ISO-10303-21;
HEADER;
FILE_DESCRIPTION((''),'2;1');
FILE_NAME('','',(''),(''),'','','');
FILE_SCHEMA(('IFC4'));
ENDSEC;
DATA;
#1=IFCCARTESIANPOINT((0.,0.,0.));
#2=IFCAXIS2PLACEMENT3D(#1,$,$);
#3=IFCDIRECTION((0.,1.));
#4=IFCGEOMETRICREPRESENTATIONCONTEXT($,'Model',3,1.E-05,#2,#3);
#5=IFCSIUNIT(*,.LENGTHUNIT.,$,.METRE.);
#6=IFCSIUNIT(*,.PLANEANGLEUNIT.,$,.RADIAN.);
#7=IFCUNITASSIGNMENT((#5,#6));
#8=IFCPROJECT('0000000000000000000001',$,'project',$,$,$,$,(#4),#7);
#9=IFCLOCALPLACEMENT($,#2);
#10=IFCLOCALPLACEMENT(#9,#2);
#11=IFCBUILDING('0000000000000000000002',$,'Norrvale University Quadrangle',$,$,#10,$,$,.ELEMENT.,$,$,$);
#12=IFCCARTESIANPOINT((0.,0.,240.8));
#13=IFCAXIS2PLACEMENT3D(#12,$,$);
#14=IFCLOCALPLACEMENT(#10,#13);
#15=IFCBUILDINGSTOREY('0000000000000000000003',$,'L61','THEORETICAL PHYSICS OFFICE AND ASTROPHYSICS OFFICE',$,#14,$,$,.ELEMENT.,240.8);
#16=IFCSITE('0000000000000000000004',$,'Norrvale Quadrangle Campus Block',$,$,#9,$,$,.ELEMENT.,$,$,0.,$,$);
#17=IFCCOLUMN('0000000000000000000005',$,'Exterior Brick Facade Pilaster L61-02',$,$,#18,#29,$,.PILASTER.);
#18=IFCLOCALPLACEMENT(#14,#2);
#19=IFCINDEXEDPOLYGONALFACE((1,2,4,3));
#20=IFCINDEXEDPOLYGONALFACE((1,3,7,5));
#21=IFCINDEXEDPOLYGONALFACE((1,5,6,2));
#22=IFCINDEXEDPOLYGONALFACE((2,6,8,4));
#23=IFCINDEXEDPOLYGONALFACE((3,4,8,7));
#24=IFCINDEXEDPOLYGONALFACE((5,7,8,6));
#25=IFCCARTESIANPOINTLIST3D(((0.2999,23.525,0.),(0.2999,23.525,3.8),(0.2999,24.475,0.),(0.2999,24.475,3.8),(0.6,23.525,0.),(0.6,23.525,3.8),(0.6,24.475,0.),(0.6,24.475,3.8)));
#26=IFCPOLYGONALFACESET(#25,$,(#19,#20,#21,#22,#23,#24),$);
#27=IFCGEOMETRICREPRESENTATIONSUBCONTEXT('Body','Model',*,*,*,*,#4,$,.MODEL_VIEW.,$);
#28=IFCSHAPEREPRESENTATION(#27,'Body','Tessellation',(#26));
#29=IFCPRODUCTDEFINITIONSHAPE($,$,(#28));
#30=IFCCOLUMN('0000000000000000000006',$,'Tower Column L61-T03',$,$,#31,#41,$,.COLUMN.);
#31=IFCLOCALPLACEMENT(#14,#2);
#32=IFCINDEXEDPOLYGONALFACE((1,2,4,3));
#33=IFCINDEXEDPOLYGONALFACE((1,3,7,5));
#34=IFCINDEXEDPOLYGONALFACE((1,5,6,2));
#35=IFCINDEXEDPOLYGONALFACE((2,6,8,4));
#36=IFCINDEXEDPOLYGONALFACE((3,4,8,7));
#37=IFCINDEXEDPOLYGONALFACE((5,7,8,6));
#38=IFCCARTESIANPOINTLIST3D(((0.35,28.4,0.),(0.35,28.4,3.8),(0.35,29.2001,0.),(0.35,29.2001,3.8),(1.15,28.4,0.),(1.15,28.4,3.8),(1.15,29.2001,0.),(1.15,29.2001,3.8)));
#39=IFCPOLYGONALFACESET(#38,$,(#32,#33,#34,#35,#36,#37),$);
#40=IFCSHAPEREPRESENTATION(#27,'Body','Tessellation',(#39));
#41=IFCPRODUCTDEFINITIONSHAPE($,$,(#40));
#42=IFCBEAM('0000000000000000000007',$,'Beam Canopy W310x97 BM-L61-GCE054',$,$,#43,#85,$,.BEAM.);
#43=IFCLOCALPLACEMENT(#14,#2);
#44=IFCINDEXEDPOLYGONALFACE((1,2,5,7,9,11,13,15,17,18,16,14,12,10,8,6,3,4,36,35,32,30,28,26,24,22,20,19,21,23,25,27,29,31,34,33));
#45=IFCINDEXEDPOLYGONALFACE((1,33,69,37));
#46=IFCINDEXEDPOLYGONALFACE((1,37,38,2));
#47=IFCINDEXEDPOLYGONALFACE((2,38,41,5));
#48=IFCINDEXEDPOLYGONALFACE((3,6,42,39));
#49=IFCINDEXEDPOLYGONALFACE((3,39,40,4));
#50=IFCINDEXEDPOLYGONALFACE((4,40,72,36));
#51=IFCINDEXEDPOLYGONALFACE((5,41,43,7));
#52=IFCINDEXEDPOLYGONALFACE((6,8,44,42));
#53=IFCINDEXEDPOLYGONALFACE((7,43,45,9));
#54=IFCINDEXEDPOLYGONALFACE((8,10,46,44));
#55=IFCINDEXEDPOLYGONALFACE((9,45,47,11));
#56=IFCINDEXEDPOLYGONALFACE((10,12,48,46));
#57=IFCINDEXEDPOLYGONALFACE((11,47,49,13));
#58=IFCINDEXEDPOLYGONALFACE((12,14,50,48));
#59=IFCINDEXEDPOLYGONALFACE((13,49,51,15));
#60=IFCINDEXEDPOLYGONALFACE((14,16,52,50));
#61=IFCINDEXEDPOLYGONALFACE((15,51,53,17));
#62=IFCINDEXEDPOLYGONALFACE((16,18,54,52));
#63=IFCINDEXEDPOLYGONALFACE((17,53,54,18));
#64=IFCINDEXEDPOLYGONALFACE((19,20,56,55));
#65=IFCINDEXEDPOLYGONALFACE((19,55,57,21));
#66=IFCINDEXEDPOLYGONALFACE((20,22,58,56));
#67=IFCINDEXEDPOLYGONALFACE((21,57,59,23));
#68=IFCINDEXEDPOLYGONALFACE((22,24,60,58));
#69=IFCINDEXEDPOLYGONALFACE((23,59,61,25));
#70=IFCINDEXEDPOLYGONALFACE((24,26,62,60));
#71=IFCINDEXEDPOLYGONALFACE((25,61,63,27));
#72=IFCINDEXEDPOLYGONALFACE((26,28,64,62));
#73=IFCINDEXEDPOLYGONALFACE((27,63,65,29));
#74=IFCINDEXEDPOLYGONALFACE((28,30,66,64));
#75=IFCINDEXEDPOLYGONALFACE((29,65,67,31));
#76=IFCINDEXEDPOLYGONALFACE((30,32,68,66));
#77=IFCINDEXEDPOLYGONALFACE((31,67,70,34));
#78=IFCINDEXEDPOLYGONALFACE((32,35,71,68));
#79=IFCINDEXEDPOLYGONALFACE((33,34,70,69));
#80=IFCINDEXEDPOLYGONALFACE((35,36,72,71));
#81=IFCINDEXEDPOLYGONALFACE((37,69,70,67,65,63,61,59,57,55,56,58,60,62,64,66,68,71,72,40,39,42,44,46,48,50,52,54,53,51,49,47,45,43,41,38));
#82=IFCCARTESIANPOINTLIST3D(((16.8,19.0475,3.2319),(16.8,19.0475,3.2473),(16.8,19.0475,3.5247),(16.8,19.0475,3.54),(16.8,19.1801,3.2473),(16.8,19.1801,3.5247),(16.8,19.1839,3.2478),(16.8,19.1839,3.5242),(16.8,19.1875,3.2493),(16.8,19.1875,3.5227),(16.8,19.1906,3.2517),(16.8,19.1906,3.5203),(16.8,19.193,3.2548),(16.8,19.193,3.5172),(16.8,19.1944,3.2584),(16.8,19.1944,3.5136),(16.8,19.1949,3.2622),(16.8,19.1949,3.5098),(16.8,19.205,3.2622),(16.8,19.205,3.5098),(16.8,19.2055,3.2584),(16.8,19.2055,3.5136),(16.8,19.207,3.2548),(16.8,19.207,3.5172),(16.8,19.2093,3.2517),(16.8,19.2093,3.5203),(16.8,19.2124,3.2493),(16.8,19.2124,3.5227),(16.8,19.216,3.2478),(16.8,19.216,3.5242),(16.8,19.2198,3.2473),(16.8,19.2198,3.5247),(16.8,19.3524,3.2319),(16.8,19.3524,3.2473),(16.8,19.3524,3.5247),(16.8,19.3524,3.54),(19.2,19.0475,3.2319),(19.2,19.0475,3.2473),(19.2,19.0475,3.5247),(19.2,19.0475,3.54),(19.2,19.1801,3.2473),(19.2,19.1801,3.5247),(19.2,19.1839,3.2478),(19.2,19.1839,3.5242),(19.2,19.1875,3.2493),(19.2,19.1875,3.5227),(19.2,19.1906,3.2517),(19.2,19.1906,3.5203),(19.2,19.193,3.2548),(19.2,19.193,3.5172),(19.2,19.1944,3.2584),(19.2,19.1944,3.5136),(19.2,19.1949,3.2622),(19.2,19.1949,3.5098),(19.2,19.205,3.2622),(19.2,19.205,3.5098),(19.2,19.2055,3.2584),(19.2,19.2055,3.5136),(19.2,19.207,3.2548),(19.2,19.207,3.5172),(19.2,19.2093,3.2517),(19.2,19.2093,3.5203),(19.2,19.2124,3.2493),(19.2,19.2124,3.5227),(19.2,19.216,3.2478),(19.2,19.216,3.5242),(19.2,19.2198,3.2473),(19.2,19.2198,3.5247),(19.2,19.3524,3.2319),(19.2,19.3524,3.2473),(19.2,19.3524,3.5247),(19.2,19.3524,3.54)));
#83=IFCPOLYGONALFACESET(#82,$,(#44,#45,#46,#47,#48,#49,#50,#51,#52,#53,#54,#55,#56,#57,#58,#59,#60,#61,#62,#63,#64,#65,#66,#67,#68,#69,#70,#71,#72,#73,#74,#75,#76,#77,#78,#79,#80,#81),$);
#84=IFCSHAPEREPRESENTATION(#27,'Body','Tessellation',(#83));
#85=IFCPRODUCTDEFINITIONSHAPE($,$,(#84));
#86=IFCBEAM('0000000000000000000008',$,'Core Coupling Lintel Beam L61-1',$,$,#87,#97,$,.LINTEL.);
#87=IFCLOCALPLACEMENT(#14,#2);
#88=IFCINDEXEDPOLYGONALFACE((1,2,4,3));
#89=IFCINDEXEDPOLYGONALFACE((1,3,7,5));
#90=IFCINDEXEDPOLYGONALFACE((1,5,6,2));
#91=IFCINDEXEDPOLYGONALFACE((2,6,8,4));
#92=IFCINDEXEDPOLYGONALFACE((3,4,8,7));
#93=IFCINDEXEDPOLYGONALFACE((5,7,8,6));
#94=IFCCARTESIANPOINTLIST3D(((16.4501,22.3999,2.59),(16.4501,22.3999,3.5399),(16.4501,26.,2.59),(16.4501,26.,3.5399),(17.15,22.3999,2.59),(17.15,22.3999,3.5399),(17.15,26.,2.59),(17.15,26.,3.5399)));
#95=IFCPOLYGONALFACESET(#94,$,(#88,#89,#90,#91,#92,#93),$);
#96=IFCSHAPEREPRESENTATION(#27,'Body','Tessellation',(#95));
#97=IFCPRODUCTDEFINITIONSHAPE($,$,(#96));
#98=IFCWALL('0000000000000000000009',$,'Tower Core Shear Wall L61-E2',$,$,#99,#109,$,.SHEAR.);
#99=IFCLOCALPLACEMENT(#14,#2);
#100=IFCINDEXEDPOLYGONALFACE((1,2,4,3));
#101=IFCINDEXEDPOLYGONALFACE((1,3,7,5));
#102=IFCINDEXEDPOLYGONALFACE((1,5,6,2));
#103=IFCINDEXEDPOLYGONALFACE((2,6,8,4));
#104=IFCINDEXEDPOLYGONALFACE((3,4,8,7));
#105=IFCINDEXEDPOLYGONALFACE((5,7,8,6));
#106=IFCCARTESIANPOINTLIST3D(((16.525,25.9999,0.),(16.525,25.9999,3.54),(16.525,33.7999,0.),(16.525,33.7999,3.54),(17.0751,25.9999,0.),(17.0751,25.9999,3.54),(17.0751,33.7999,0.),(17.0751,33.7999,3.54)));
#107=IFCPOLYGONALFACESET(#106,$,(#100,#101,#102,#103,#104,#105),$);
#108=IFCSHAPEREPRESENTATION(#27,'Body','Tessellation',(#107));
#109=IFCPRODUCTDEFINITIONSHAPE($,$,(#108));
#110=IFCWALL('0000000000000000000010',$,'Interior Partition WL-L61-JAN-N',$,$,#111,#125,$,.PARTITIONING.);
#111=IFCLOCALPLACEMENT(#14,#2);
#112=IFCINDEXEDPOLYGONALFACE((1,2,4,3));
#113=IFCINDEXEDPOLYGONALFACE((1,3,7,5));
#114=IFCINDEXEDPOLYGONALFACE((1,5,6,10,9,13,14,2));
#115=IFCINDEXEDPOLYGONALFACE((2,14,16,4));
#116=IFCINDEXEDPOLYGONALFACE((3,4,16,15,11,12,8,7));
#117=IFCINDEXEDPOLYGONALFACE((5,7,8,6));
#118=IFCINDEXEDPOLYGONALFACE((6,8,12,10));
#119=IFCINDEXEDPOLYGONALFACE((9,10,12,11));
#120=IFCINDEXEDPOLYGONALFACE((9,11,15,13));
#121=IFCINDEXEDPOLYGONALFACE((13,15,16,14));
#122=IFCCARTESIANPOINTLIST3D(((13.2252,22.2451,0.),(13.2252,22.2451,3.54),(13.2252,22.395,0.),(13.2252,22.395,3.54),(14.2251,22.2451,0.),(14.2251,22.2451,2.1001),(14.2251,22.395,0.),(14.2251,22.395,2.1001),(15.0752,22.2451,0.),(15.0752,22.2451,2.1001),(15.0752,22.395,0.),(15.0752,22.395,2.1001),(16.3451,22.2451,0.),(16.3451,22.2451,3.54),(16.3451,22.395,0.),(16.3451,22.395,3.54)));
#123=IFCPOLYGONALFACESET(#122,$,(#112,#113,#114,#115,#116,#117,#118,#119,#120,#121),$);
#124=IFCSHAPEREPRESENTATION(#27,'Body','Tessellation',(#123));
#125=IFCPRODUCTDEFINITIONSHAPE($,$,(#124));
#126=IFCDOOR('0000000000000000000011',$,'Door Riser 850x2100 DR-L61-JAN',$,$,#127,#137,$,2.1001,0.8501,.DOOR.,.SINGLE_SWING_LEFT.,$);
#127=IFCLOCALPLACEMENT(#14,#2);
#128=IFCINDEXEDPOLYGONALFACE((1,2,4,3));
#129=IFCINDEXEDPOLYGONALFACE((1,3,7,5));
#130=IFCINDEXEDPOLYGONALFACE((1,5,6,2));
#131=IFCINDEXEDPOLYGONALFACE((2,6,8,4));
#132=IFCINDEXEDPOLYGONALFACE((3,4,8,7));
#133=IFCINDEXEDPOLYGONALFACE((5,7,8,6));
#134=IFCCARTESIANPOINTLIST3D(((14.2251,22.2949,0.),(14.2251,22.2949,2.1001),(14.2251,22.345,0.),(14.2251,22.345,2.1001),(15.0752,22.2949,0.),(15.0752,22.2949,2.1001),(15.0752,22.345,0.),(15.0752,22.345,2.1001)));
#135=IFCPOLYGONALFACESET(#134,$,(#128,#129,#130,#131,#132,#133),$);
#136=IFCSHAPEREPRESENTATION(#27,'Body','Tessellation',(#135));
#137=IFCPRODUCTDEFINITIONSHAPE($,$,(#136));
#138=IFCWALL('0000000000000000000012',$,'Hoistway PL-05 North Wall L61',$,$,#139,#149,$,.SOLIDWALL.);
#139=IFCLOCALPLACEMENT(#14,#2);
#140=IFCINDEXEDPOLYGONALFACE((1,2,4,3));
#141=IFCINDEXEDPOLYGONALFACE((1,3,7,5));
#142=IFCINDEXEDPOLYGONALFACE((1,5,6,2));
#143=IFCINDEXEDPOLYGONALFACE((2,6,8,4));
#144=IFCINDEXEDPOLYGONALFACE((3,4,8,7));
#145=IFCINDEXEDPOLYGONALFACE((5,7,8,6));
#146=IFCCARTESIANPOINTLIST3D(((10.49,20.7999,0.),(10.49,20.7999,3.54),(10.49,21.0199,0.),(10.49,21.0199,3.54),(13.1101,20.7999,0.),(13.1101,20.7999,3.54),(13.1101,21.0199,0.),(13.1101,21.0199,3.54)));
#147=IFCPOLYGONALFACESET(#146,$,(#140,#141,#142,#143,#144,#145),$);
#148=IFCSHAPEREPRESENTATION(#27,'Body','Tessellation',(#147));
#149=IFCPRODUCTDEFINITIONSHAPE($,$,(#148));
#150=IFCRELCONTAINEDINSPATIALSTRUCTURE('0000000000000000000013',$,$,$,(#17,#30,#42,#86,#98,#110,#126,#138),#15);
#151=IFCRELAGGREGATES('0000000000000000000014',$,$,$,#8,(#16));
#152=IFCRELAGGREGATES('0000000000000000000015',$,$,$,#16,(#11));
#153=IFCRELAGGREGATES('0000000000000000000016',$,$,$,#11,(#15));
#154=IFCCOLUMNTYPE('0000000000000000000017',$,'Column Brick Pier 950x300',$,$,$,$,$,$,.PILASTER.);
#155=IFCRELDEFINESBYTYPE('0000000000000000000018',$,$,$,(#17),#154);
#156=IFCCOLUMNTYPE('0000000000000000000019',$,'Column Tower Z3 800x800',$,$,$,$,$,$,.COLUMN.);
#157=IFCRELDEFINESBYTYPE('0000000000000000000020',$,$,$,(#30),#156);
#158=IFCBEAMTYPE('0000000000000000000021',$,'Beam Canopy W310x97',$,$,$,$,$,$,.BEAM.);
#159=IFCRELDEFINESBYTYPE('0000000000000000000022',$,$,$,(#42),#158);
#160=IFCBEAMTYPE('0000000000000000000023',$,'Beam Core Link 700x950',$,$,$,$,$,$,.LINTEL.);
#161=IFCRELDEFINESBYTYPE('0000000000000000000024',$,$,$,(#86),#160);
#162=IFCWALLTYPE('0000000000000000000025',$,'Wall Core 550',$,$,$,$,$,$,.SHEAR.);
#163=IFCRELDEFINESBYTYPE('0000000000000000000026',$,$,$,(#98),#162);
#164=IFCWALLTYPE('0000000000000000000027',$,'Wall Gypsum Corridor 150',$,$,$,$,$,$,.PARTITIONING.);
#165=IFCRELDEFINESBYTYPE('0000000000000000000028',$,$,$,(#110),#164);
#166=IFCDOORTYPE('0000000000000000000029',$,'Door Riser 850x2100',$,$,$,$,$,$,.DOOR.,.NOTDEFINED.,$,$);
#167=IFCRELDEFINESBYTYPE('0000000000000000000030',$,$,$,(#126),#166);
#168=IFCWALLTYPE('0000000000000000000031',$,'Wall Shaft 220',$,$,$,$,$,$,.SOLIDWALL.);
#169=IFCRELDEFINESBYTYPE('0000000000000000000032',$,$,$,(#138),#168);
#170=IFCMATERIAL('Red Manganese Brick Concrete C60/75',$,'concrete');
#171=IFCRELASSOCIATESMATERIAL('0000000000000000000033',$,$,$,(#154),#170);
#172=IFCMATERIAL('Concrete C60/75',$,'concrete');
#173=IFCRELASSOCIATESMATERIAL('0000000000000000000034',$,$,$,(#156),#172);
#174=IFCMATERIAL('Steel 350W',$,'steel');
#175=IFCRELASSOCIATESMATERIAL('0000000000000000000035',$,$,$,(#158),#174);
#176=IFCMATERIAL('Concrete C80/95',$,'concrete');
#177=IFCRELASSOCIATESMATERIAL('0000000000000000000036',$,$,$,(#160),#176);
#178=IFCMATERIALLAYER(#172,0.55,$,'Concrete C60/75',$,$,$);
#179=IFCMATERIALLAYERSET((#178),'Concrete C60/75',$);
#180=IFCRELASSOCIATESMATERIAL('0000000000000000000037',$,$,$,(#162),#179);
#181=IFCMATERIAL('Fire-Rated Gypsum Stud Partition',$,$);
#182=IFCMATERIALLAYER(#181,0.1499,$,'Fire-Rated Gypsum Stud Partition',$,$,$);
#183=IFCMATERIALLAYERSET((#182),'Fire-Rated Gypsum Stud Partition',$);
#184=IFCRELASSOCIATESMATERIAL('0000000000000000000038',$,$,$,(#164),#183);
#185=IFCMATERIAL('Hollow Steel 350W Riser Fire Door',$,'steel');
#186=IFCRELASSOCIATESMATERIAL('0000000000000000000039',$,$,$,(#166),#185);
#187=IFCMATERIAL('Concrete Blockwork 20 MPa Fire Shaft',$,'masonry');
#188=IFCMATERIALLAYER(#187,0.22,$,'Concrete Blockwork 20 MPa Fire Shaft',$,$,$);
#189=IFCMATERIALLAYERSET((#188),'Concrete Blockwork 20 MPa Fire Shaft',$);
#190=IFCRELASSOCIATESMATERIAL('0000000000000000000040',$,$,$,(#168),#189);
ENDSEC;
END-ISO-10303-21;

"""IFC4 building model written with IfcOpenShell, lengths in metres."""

from ifc_helpers import new_model, si_unit, direction, frame, frame_2d, origin, origin_2d, place, context, subcontext, project, spatial, rectangle, i_section, extrude, material, layer, layer_set, material_profile, profile_set, type_object, element, fill, save


model = new_model("IFC4")

# Units and contexts
model_context = context("Model", 3, precision=1e-05, world=origin(), true_north=direction((0.0, 1.0)))
body_context = subcontext(model_context, "Body", "Model", "MODEL_VIEW")
ifc_project = project(units=[si_unit("LENGTHUNIT", "METRE"), si_unit("PLANEANGLEUNIT", "RADIAN")], contexts=[model_context])

# Site, building, storey
site_placement = place(None, origin())
site = spatial("IfcSite", under=ifc_project, at=site_placement, Name="Norrvale Quadrangle Campus Block", CompositionType="ELEMENT", RefElevation=0.0)
building_placement = place(site_placement, origin())
building = spatial("IfcBuilding", under=site, at=building_placement, Name="Norrvale University Quadrangle", CompositionType="ELEMENT")
storey_placement = place(building_placement, frame((0.0, 0.0, 240.8)))
storey = spatial("IfcBuildingStorey", under=building, at=storey_placement, Name="L61", Description="THEORETICAL PHYSICS OFFICE AND ASTROPHYSICS OFFICE", CompositionType="ELEMENT", Elevation=240.8)

# Columns
ifc_material_1 = material(Name="Red Manganese Brick Concrete C60/75", Category="concrete")
ifc_material_profile_1 = material_profile(ifc_material_1, rectangle(XDim=0.95, YDim=0.3, at=origin_2d()), Name="Red Manganese Brick Concrete C60/75")
ifc_profile_set_1 = profile_set([ifc_material_profile_1], Name="Red Manganese Brick Concrete C60/75")
column_type_1 = type_object("IfcColumnType", Name="Column Brick Pier 950x300", PredefinedType="PILASTER", material=ifc_profile_set_1)
column_1_placement = place(storey_placement, frame((0.45, 24.0, 0.0), z_axis=(0.0, 0.0, 1.0), x_axis=(0.0, 1.0, 0.0)))
element("IfcColumn", 1, at=column_1_placement, inside=storey, type_object=column_type_1, Name="Exterior Brick Facade Pilaster L61-02", PredefinedType="PILASTER", context=body_context, shape_type="SweptSolid", body=[
    extrude(rectangle(XDim=0.95, YDim=0.3, at=origin_2d()), origin(), (0.0, 0.0, 1.0), 3.8),
])
ifc_material_2 = material(Name="Concrete C60/75", Category="concrete")
ifc_material_profile_2 = material_profile(ifc_material_2, rectangle(XDim=0.8, YDim=0.8, at=origin_2d()), Name="Concrete C60/75")
ifc_profile_set_2 = profile_set([ifc_material_profile_2], Name="Concrete C60/75")
column_type_2 = type_object("IfcColumnType", Name="Column Tower Z3 800x800", PredefinedType="COLUMN", material=ifc_profile_set_2)
column_2_placement = place(storey_placement, frame((0.75, 28.8, 0.0), z_axis=(0.0, 0.0, 1.0), x_axis=(1.0, 0.0, 0.0)))
element("IfcColumn", 2, at=column_2_placement, inside=storey, type_object=column_type_2, Name="Tower Column L61-T03", PredefinedType="COLUMN", context=body_context, shape_type="SweptSolid", body=[
    extrude(rectangle(XDim=0.8, YDim=0.8, at=origin_2d()), origin(), (0.0, 0.0, 1.0), 3.8),
])

# Beams
ifc_material_3 = material(Name="Steel 350W", Category="steel")
ifc_material_profile_3 = material_profile(ifc_material_3, i_section(OverallWidth=0.3049, OverallDepth=0.3081, WebThickness=0.01, FlangeThickness=0.0154, FilletRadius=0.0149, at=origin_2d()), Name="Steel 350W")
ifc_profile_set_3 = profile_set([ifc_material_profile_3], Name="Steel 350W")
beam_type_1 = type_object("IfcBeamType", Name="Beam Canopy W310x97", PredefinedType="BEAM", material=ifc_profile_set_3)
beam_1_placement = place(storey_placement, frame((16.8, 19.2, 3.386), z_axis=(1.0, 0.0, 0.0), x_axis=(0.0, 1.0, 0.0)))
element("IfcBeam", 3, at=beam_1_placement, inside=storey, type_object=beam_type_1, Name="Beam Canopy W310x97 BM-L61-GCE054", PredefinedType="BEAM", context=body_context, shape_type="SweptSolid", body=[
    extrude(i_section(OverallWidth=0.3049, OverallDepth=0.3081, WebThickness=0.01, FlangeThickness=0.0154, FilletRadius=0.0149, at=origin_2d()), origin(), (0.0, 0.0, 1.0), 2.3999),
])
ifc_material_4 = material(Name="Concrete C80/95", Category="concrete")
ifc_material_profile_4 = material_profile(ifc_material_4, rectangle(XDim=0.7, YDim=0.95, at=origin_2d()), Name="Concrete C80/95")
ifc_profile_set_4 = profile_set([ifc_material_profile_4], Name="Concrete C80/95")
beam_type_2 = type_object("IfcBeamType", Name="Beam Core Link 700x950", PredefinedType="LINTEL", material=ifc_profile_set_4)
beam_2_placement = place(storey_placement, frame((16.8, 22.3999, 3.0649), z_axis=(0.0, 1.0, 0.0), x_axis=(-1.0, 0.0, 0.0)))
element("IfcBeam", 4, at=beam_2_placement, inside=storey, type_object=beam_type_2, Name="Core Coupling Lintel Beam L61-1", PredefinedType="LINTEL", context=body_context, shape_type="SweptSolid", body=[
    extrude(rectangle(XDim=0.7, YDim=0.95, at=origin_2d()), origin(), (0.0, 0.0, 1.0), 3.6001),
])

# Wall
ifc_layer_1 = layer(ifc_material_2, 0.55, Name="Concrete C60/75")
ifc_layer_set_1 = layer_set([ifc_layer_1], Name="Concrete C60/75")
wall_type_1 = type_object("IfcWallType", Name="Wall Core 550", PredefinedType="SHEAR", material=ifc_layer_set_1)
wall_1_placement = place(storey_placement, frame((16.8, 26.0, 0.0), z_axis=(0.0, 0.0, 1.0), x_axis=(0.0, 1.0, 0.0)))
element("IfcWall", 5, at=wall_1_placement, inside=storey, type_object=wall_type_1, Name="Tower Core Shear Wall L61-E2", PredefinedType="SHEAR", context=body_context, shape_type="SweptSolid", body=[
    extrude(rectangle(XDim=7.8, YDim=0.55, at=frame_2d((3.8999, 0.0))), origin(), (0.0, 0.0, 1.0), 3.54),
])

# Wall, opening, door
ifc_material_5 = material(Name="Fire-Rated Gypsum Stud Partition")
ifc_layer_2 = layer(ifc_material_5, 0.1499, Name="Fire-Rated Gypsum Stud Partition")
ifc_layer_set_2 = layer_set([ifc_layer_2], Name="Fire-Rated Gypsum Stud Partition")
wall_type_2 = type_object("IfcWallType", Name="Wall Gypsum Corridor 150", PredefinedType="PARTITIONING", material=ifc_layer_set_2)
wall_2_placement = place(storey_placement, frame((13.2251, 22.3201, 0.0), z_axis=(0.0, 0.0, 1.0), x_axis=(1.0, 0.0, 0.0)))
wall_2 = element("IfcWall", 6, at=wall_2_placement, inside=storey, type_object=wall_type_2, Name="Interior Partition WL-L61-JAN-N", PredefinedType="PARTITIONING", context=body_context, shape_type="SweptSolid", body=[
    extrude(rectangle(XDim=3.1199, YDim=0.1499, at=frame_2d((1.5601, 0.0))), origin(), (0.0, 0.0, 1.0), 3.54),
])
opening_1_placement = place(wall_2_placement, frame((1.0, 0.0, 0.0)))
opening_1 = element("IfcOpeningElement", 7, at=opening_1_placement, cuts=wall_2, PredefinedType="OPENING", context=body_context, shape_type="SweptSolid", body=[
    extrude(rectangle(XDim=0.8501, YDim=2.1001, at=frame_2d((0.425, 1.05))), frame((0.0, 0.0869, 0.0), z_axis=(0.0, -1.0, 0.0), x_axis=(1.0, 0.0, 0.0)), (0.0, 0.0, 1.0), 0.1738),
])
ifc_material_6 = material(Name="Hollow Steel 350W Riser Fire Door", Category="steel")
door_type_1 = type_object("IfcDoorType", Name="Door Riser 850x2100", OperationType="NOTDEFINED", PredefinedType="DOOR", material=ifc_material_6)
door_1_placement = place(opening_1_placement, origin())
door_1 = element("IfcDoor", 8, at=door_1_placement, inside=storey, type_object=door_type_1, Name="Door Riser 850x2100 DR-L61-JAN", OperationType="SINGLE_SWING_LEFT", OverallHeight=2.1001, OverallWidth=0.8501, PredefinedType="DOOR", context=body_context, shape_type="SweptSolid", body=[
    extrude(rectangle(XDim=0.8501, YDim=2.1001, at=frame_2d((0.425, 1.05))), frame((0.0, 0.0249, 0.0), z_axis=(0.0, -1.0, 0.0), x_axis=(1.0, 0.0, 0.0)), (0.0, 0.0, 1.0), 0.05),
])
fill(opening_1, door_1)

# Wall
ifc_material_7 = material(Name="Concrete Blockwork 20 MPa Fire Shaft", Category="masonry")
ifc_layer_3 = layer(ifc_material_7, 0.22, Name="Concrete Blockwork 20 MPa Fire Shaft")
ifc_layer_set_3 = layer_set([ifc_layer_3], Name="Concrete Blockwork 20 MPa Fire Shaft")
wall_type_3 = type_object("IfcWallType", Name="Wall Shaft 220", PredefinedType="SOLIDWALL", material=ifc_layer_set_3)
wall_3_placement = place(storey_placement, frame((10.49, 20.9099, 0.0), z_axis=(0.0, 0.0, 1.0), x_axis=(1.0, 0.0, 0.0)))
element("IfcWall", 9, at=wall_3_placement, inside=storey, type_object=wall_type_3, Name="Hoistway PL-05 North Wall L61", PredefinedType="SOLIDWALL", context=body_context, shape_type="SweptSolid", body=[
    extrude(rectangle(XDim=2.6201, YDim=0.22, at=frame_2d((1.3101, 0.0))), origin(), (0.0, 0.0, 1.0), 3.54),
])

save(model, "model.ifc")
